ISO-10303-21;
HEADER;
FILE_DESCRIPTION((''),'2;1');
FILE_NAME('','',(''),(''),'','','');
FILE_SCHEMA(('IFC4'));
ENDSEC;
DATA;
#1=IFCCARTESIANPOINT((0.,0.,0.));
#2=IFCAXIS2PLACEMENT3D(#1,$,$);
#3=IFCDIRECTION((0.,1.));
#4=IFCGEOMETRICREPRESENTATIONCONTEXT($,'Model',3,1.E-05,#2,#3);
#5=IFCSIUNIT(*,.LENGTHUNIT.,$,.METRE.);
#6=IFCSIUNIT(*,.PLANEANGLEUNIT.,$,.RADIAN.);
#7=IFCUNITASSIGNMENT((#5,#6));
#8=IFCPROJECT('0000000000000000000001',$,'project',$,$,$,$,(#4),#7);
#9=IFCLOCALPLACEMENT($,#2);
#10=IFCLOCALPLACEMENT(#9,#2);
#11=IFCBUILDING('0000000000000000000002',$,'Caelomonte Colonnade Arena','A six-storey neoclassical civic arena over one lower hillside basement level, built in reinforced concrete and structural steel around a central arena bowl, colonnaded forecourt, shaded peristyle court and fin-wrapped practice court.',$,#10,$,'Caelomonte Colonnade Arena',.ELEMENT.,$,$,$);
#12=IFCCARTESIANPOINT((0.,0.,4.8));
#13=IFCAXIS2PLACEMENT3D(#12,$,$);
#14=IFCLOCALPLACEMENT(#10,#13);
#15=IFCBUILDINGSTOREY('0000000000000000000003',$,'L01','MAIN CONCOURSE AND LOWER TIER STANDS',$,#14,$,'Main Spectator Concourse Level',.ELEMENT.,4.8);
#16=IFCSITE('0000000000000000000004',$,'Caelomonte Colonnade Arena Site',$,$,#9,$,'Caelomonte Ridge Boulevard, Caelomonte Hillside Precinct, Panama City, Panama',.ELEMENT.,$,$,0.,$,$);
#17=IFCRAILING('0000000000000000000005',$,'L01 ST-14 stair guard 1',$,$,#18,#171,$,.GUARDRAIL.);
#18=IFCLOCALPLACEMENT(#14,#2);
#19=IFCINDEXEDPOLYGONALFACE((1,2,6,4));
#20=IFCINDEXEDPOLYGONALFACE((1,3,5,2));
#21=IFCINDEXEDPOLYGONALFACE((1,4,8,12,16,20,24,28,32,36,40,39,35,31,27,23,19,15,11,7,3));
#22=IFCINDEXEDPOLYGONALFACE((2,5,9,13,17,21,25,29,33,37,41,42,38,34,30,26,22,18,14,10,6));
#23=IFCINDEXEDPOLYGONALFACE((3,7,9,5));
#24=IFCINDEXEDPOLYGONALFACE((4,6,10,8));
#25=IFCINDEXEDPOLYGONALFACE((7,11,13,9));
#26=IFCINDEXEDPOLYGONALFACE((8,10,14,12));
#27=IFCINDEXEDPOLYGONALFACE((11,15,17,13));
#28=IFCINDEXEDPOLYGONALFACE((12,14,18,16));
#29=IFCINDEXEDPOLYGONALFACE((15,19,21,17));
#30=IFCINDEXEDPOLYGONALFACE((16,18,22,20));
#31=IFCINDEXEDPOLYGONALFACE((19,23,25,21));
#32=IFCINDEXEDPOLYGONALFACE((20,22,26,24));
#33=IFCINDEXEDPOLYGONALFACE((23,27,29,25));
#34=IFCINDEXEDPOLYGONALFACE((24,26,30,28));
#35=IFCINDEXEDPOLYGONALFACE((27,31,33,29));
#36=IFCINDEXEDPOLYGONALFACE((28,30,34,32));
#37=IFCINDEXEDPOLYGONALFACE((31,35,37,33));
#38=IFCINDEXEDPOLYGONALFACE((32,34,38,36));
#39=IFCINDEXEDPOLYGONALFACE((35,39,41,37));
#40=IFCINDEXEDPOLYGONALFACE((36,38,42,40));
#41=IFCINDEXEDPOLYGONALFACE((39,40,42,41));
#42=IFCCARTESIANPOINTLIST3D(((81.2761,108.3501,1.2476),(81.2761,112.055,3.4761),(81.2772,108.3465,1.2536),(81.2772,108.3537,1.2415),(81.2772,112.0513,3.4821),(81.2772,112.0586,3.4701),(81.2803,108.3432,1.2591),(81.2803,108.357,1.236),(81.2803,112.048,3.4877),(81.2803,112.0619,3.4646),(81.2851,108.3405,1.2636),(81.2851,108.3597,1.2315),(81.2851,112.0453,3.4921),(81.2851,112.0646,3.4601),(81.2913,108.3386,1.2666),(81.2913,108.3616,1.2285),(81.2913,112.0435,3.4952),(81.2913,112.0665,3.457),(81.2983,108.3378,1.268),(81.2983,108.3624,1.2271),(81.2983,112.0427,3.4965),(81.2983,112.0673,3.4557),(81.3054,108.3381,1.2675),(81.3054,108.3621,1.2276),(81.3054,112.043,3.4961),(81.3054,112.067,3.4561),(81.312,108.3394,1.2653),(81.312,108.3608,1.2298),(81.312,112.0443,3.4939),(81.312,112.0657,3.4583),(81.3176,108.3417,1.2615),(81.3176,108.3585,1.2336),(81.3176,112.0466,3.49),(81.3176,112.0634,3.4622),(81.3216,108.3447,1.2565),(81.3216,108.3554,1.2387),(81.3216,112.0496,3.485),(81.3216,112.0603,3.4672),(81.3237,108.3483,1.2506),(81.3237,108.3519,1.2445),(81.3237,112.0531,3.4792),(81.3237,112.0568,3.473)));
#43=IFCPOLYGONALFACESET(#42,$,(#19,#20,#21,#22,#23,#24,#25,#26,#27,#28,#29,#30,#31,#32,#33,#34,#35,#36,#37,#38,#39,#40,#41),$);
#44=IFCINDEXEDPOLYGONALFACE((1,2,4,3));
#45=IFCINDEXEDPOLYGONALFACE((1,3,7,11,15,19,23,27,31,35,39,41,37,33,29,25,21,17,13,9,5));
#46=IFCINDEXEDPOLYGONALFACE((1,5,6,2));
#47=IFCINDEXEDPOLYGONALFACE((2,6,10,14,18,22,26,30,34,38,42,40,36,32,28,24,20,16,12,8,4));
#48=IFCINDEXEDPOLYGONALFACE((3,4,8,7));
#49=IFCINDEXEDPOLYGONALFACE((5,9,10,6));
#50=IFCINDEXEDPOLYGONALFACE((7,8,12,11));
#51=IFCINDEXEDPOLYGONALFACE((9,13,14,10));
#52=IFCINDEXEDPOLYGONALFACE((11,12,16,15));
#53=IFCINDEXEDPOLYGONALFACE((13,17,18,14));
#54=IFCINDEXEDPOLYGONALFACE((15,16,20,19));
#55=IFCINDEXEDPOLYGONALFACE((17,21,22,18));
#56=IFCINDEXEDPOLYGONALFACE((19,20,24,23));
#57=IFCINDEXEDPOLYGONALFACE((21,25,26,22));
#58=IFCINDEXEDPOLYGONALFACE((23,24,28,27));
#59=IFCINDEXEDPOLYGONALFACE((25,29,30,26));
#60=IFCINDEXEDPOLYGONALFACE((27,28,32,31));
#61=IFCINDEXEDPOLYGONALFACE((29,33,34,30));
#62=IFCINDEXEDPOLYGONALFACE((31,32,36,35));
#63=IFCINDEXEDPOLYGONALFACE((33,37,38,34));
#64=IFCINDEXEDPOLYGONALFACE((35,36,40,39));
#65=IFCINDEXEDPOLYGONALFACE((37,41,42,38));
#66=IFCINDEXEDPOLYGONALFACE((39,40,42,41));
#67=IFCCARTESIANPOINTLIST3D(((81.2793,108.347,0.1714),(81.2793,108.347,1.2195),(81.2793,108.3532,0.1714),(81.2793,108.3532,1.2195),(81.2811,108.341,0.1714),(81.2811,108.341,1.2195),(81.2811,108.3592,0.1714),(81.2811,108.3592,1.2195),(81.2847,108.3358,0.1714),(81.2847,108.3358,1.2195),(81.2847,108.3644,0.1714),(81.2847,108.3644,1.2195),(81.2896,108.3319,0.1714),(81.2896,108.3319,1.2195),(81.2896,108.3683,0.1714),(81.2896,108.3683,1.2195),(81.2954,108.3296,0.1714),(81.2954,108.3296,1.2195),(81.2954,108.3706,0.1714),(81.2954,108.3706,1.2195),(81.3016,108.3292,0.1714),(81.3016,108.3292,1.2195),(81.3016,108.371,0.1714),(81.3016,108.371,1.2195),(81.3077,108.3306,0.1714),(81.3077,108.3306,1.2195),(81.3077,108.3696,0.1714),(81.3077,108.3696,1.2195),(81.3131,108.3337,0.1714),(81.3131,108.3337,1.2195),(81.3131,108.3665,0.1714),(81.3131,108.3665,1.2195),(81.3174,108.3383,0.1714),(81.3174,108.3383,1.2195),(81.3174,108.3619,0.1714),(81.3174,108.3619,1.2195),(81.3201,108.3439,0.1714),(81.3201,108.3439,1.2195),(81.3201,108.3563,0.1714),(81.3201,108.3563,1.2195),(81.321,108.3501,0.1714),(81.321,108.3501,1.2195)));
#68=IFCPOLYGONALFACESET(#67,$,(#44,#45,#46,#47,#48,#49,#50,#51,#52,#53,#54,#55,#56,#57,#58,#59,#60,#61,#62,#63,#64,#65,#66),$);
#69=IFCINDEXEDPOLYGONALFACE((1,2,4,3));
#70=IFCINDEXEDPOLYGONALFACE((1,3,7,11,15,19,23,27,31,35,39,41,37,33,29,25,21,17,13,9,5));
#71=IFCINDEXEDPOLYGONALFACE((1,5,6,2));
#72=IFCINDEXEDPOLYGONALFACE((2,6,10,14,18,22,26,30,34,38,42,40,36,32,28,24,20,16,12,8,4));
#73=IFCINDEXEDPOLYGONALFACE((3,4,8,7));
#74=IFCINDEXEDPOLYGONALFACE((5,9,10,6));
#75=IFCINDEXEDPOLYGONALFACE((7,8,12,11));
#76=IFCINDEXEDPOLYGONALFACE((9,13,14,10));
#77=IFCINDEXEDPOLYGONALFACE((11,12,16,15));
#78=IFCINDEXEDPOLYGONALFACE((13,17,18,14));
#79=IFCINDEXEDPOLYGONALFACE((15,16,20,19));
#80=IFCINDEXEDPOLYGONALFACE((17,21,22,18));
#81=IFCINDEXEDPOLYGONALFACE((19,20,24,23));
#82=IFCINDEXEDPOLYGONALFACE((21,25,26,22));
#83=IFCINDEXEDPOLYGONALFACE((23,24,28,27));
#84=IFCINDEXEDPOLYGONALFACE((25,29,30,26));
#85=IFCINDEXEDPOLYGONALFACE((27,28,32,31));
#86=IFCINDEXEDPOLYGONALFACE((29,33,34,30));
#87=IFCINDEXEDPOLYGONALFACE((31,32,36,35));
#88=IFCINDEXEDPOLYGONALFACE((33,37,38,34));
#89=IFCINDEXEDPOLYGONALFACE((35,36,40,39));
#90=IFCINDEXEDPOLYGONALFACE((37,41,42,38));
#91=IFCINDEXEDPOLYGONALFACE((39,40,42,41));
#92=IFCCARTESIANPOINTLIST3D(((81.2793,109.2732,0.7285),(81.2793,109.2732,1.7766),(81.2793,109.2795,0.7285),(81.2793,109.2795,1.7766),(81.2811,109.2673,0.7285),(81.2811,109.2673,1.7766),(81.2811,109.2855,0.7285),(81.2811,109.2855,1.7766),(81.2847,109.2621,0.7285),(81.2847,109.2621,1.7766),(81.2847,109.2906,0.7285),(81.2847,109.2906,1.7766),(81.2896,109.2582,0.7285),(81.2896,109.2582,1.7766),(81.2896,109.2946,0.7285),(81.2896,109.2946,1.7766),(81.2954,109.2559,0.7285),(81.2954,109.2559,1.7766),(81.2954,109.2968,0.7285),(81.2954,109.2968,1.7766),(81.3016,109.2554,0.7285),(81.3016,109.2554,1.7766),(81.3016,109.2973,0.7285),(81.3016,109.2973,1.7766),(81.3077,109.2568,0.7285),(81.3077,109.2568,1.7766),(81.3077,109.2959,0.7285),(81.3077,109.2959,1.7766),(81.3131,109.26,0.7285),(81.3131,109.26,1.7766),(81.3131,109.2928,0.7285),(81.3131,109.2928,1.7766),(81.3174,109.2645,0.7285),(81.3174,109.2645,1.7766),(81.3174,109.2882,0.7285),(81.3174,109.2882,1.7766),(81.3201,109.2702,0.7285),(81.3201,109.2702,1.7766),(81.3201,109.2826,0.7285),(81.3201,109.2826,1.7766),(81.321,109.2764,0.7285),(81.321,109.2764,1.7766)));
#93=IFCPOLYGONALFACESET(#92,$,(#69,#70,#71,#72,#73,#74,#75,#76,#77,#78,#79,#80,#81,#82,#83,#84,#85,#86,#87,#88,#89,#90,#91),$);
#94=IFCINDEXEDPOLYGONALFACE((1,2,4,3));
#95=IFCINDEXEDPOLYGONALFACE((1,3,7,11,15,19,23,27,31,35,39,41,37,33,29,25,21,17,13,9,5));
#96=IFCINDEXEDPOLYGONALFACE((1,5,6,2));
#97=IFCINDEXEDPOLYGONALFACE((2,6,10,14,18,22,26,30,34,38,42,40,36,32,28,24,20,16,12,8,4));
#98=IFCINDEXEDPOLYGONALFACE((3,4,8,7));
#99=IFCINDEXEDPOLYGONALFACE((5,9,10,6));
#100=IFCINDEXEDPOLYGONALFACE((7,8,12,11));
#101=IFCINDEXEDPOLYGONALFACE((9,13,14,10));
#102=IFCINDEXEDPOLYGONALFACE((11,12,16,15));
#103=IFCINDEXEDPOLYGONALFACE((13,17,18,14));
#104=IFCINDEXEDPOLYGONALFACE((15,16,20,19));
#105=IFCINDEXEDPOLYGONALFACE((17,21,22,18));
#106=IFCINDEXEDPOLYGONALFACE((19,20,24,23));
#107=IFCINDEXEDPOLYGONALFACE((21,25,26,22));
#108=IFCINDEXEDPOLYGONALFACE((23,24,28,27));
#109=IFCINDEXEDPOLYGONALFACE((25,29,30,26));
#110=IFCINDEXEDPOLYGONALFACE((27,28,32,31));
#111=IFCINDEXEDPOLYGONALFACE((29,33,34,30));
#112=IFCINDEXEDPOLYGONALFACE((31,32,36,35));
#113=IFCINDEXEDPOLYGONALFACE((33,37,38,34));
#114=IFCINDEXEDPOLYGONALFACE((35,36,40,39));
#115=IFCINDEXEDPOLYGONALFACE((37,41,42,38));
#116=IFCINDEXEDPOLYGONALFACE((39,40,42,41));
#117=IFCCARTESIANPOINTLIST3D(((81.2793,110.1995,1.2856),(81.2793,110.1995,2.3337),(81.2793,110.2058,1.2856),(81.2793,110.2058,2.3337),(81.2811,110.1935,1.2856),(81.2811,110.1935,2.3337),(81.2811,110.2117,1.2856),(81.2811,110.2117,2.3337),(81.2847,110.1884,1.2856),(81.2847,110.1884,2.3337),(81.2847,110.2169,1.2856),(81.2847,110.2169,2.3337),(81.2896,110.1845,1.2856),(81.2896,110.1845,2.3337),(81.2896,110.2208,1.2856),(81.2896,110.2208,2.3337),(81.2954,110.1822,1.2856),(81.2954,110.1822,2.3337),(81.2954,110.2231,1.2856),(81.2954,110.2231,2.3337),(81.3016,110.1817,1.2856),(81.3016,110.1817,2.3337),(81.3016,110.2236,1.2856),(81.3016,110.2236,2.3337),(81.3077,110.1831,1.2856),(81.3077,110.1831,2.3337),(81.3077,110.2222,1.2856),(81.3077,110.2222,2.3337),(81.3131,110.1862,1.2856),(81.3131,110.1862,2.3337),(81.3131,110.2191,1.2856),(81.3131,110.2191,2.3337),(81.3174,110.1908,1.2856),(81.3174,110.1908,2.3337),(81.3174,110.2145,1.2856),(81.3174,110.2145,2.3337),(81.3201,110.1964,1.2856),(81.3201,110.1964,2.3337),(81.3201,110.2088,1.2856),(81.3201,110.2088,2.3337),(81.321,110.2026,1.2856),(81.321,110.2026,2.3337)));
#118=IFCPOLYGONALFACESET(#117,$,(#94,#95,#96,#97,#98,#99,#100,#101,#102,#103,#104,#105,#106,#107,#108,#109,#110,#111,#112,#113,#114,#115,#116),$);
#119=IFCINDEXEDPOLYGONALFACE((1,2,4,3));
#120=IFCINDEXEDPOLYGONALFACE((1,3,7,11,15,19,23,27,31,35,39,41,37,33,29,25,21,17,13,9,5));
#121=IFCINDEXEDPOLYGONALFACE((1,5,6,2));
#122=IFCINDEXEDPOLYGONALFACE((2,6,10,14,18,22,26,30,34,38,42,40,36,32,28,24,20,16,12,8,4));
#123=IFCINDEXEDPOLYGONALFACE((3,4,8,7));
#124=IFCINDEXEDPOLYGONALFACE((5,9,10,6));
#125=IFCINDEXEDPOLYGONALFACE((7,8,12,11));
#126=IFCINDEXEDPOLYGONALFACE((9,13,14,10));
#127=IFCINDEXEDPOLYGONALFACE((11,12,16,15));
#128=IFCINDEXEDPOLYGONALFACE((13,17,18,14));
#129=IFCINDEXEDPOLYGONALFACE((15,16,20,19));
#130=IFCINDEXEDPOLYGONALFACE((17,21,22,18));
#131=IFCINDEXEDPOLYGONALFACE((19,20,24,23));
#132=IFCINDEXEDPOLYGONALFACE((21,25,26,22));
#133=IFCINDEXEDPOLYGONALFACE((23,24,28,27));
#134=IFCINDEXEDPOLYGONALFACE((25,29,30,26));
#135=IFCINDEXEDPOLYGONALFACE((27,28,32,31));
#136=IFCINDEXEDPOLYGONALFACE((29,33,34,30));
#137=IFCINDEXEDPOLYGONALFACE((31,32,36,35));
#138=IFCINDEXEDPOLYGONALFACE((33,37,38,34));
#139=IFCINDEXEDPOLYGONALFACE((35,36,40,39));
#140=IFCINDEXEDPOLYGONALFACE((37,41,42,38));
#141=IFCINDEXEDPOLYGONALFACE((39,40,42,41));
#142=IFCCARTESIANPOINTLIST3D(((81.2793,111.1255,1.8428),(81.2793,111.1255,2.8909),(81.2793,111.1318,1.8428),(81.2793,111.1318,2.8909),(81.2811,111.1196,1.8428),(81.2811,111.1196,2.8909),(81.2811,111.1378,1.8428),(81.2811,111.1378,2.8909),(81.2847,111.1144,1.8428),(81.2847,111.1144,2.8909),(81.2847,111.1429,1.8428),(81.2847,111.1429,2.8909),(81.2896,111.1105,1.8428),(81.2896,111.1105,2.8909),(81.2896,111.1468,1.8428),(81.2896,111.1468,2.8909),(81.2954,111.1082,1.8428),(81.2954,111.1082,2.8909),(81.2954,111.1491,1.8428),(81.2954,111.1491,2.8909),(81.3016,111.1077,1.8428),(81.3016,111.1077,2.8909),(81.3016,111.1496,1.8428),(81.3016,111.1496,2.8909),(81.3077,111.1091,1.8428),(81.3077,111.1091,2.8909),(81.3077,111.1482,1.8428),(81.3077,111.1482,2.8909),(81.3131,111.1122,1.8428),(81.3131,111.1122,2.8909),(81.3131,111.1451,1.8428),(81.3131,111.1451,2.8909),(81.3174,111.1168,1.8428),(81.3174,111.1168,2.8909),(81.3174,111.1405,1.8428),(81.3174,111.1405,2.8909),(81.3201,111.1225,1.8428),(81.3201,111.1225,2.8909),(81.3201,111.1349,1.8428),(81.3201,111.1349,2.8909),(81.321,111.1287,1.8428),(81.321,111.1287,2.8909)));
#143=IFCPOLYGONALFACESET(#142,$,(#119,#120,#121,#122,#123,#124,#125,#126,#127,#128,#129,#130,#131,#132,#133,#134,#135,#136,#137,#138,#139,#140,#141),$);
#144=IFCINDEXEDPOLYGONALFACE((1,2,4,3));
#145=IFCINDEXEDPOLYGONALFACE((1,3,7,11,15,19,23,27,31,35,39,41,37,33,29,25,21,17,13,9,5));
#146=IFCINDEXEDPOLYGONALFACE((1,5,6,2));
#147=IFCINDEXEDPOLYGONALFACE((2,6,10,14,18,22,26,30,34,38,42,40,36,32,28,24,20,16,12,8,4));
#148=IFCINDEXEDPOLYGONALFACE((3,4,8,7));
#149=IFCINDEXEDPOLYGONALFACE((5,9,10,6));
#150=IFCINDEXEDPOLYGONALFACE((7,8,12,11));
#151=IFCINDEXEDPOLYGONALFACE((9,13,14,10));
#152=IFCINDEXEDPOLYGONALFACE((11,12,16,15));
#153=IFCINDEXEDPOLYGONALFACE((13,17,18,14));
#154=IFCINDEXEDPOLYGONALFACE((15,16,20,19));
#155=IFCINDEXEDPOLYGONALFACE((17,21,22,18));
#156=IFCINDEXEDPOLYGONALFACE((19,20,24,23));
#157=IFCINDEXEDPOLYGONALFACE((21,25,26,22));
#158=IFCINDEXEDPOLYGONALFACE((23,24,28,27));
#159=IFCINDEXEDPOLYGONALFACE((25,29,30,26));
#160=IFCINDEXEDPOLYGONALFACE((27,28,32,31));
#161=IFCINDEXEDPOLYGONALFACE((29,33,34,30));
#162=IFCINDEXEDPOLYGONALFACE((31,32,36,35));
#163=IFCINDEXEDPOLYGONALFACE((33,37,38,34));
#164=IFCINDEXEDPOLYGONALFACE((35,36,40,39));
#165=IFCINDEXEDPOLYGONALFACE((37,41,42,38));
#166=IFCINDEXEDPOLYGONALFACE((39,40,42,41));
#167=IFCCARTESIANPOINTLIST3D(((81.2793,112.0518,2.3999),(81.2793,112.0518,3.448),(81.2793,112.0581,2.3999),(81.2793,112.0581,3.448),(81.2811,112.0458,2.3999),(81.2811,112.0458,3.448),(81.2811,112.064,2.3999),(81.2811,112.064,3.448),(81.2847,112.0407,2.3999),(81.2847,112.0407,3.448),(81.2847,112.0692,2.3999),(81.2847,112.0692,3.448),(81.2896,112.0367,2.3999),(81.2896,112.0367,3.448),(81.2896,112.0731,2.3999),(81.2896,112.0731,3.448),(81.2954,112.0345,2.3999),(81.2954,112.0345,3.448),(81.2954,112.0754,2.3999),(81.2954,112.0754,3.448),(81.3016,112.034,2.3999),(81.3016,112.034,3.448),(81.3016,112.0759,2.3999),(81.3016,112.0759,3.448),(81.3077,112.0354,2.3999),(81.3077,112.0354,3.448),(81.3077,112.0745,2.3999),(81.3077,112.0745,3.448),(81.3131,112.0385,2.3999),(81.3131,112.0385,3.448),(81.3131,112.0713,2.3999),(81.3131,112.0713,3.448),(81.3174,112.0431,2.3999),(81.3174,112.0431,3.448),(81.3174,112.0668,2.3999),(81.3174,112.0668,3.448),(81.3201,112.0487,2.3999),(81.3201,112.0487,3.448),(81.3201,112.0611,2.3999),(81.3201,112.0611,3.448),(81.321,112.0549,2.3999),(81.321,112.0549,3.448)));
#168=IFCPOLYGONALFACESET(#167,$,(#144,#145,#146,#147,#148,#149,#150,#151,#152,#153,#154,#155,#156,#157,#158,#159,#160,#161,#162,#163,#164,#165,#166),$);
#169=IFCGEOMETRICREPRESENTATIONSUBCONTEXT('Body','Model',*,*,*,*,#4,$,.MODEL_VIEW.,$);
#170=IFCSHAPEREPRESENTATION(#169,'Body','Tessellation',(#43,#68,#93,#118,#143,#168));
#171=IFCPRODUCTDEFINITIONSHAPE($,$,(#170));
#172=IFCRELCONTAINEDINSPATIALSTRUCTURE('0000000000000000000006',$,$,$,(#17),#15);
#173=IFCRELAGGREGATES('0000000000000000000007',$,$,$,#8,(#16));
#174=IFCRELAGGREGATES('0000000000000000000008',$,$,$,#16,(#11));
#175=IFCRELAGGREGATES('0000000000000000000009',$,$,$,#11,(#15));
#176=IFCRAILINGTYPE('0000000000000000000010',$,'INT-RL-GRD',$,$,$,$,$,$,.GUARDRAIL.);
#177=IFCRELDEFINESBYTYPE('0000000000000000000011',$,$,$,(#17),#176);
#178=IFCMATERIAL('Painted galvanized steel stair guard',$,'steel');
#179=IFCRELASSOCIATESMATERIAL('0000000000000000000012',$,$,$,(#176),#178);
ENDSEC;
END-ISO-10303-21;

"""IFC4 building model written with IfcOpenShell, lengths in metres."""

from ifc_helpers import new_model, si_unit, direction, frame, origin, origin_2d, place, context, subcontext, project, spatial, circle, extrude, material, type_object, element, save


model = new_model("IFC4")

# Units and contexts
model_context = context("Model", 3, precision=1e-05, world=origin(), true_north=direction((0.0, 1.0)))
body_context = subcontext(model_context, "Body", "Model", "MODEL_VIEW")
ifc_project = project(units=[si_unit("LENGTHUNIT", "METRE"), si_unit("PLANEANGLEUNIT", "RADIAN")], contexts=[model_context])

# Site, building, storey
site_placement = place(None, origin())
site = spatial("IfcSite", under=ifc_project, at=site_placement, Name="Caelomonte Colonnade Arena Site", LongName="Caelomonte Ridge Boulevard, Caelomonte Hillside Precinct, Panama City, Panama", CompositionType="ELEMENT", RefElevation=0.0)
building_placement = place(site_placement, origin())
building = spatial("IfcBuilding", under=site, at=building_placement, Name="Caelomonte Colonnade Arena", Description="A six-storey neoclassical civic arena over one lower hillside basement level, built in reinforced concrete and structural steel around a central arena bowl, colonnaded forecourt, shaded peristyle court and fin-wrapped practice court.", LongName="Caelomonte Colonnade Arena", CompositionType="ELEMENT")
storey_placement = place(building_placement, frame((0.0, 0.0, 4.8)))
storey = spatial("IfcBuildingStorey", under=building, at=storey_placement, Name="L01", Description="MAIN CONCOURSE AND LOWER TIER STANDS", LongName="Main Spectator Concourse Level", CompositionType="ELEMENT", Elevation=4.8)

# Railing
ifc_material_1 = material(Name="Painted galvanized steel stair guard", Category="steel")
railing_type_1 = type_object("IfcRailingType", Name="INT-RL-GRD", PredefinedType="GUARDRAIL", material=ifc_material_1)
railing_1_placement = place(storey_placement, frame((81.3, 108.3501, 0.1714)))
element("IfcRailing", 1, at=railing_1_placement, inside=storey, type_object=railing_type_1, Name="L01 ST-14 stair guard 1", PredefinedType="GUARDRAIL", context=body_context, shape_type="SweptSolid", body=[
    extrude(circle(Radius=0.0239, at=origin_2d()), frame((0.0, 0.0, 1.0762), z_axis=(0.0, 0.856919, 0.51545), x_axis=(-1.0, 0.0, 0.0)), (0.0, 0.0, 1.0), 4.3235),
    extrude(circle(Radius=0.021, at=origin_2d()), origin(), (0.0, 0.0, 1.0), 1.0481),
    extrude(circle(Radius=0.021, at=origin_2d()), frame((0.0, 0.9263, 0.5571)), (0.0, 0.0, 1.0), 1.0481),
    extrude(circle(Radius=0.021, at=origin_2d()), frame((0.0, 1.8525, 1.1143)), (0.0, 0.0, 1.0), 1.0481),
    extrude(circle(Radius=0.021, at=origin_2d()), frame((0.0, 2.7786, 1.6714)), (0.0, 0.0, 1.0), 1.0481),
    extrude(circle(Radius=0.021, at=origin_2d()), frame((0.0, 3.7048, 2.2285)), (0.0, 0.0, 1.0), 1.0481),
])

save(model, "model.ifc")
